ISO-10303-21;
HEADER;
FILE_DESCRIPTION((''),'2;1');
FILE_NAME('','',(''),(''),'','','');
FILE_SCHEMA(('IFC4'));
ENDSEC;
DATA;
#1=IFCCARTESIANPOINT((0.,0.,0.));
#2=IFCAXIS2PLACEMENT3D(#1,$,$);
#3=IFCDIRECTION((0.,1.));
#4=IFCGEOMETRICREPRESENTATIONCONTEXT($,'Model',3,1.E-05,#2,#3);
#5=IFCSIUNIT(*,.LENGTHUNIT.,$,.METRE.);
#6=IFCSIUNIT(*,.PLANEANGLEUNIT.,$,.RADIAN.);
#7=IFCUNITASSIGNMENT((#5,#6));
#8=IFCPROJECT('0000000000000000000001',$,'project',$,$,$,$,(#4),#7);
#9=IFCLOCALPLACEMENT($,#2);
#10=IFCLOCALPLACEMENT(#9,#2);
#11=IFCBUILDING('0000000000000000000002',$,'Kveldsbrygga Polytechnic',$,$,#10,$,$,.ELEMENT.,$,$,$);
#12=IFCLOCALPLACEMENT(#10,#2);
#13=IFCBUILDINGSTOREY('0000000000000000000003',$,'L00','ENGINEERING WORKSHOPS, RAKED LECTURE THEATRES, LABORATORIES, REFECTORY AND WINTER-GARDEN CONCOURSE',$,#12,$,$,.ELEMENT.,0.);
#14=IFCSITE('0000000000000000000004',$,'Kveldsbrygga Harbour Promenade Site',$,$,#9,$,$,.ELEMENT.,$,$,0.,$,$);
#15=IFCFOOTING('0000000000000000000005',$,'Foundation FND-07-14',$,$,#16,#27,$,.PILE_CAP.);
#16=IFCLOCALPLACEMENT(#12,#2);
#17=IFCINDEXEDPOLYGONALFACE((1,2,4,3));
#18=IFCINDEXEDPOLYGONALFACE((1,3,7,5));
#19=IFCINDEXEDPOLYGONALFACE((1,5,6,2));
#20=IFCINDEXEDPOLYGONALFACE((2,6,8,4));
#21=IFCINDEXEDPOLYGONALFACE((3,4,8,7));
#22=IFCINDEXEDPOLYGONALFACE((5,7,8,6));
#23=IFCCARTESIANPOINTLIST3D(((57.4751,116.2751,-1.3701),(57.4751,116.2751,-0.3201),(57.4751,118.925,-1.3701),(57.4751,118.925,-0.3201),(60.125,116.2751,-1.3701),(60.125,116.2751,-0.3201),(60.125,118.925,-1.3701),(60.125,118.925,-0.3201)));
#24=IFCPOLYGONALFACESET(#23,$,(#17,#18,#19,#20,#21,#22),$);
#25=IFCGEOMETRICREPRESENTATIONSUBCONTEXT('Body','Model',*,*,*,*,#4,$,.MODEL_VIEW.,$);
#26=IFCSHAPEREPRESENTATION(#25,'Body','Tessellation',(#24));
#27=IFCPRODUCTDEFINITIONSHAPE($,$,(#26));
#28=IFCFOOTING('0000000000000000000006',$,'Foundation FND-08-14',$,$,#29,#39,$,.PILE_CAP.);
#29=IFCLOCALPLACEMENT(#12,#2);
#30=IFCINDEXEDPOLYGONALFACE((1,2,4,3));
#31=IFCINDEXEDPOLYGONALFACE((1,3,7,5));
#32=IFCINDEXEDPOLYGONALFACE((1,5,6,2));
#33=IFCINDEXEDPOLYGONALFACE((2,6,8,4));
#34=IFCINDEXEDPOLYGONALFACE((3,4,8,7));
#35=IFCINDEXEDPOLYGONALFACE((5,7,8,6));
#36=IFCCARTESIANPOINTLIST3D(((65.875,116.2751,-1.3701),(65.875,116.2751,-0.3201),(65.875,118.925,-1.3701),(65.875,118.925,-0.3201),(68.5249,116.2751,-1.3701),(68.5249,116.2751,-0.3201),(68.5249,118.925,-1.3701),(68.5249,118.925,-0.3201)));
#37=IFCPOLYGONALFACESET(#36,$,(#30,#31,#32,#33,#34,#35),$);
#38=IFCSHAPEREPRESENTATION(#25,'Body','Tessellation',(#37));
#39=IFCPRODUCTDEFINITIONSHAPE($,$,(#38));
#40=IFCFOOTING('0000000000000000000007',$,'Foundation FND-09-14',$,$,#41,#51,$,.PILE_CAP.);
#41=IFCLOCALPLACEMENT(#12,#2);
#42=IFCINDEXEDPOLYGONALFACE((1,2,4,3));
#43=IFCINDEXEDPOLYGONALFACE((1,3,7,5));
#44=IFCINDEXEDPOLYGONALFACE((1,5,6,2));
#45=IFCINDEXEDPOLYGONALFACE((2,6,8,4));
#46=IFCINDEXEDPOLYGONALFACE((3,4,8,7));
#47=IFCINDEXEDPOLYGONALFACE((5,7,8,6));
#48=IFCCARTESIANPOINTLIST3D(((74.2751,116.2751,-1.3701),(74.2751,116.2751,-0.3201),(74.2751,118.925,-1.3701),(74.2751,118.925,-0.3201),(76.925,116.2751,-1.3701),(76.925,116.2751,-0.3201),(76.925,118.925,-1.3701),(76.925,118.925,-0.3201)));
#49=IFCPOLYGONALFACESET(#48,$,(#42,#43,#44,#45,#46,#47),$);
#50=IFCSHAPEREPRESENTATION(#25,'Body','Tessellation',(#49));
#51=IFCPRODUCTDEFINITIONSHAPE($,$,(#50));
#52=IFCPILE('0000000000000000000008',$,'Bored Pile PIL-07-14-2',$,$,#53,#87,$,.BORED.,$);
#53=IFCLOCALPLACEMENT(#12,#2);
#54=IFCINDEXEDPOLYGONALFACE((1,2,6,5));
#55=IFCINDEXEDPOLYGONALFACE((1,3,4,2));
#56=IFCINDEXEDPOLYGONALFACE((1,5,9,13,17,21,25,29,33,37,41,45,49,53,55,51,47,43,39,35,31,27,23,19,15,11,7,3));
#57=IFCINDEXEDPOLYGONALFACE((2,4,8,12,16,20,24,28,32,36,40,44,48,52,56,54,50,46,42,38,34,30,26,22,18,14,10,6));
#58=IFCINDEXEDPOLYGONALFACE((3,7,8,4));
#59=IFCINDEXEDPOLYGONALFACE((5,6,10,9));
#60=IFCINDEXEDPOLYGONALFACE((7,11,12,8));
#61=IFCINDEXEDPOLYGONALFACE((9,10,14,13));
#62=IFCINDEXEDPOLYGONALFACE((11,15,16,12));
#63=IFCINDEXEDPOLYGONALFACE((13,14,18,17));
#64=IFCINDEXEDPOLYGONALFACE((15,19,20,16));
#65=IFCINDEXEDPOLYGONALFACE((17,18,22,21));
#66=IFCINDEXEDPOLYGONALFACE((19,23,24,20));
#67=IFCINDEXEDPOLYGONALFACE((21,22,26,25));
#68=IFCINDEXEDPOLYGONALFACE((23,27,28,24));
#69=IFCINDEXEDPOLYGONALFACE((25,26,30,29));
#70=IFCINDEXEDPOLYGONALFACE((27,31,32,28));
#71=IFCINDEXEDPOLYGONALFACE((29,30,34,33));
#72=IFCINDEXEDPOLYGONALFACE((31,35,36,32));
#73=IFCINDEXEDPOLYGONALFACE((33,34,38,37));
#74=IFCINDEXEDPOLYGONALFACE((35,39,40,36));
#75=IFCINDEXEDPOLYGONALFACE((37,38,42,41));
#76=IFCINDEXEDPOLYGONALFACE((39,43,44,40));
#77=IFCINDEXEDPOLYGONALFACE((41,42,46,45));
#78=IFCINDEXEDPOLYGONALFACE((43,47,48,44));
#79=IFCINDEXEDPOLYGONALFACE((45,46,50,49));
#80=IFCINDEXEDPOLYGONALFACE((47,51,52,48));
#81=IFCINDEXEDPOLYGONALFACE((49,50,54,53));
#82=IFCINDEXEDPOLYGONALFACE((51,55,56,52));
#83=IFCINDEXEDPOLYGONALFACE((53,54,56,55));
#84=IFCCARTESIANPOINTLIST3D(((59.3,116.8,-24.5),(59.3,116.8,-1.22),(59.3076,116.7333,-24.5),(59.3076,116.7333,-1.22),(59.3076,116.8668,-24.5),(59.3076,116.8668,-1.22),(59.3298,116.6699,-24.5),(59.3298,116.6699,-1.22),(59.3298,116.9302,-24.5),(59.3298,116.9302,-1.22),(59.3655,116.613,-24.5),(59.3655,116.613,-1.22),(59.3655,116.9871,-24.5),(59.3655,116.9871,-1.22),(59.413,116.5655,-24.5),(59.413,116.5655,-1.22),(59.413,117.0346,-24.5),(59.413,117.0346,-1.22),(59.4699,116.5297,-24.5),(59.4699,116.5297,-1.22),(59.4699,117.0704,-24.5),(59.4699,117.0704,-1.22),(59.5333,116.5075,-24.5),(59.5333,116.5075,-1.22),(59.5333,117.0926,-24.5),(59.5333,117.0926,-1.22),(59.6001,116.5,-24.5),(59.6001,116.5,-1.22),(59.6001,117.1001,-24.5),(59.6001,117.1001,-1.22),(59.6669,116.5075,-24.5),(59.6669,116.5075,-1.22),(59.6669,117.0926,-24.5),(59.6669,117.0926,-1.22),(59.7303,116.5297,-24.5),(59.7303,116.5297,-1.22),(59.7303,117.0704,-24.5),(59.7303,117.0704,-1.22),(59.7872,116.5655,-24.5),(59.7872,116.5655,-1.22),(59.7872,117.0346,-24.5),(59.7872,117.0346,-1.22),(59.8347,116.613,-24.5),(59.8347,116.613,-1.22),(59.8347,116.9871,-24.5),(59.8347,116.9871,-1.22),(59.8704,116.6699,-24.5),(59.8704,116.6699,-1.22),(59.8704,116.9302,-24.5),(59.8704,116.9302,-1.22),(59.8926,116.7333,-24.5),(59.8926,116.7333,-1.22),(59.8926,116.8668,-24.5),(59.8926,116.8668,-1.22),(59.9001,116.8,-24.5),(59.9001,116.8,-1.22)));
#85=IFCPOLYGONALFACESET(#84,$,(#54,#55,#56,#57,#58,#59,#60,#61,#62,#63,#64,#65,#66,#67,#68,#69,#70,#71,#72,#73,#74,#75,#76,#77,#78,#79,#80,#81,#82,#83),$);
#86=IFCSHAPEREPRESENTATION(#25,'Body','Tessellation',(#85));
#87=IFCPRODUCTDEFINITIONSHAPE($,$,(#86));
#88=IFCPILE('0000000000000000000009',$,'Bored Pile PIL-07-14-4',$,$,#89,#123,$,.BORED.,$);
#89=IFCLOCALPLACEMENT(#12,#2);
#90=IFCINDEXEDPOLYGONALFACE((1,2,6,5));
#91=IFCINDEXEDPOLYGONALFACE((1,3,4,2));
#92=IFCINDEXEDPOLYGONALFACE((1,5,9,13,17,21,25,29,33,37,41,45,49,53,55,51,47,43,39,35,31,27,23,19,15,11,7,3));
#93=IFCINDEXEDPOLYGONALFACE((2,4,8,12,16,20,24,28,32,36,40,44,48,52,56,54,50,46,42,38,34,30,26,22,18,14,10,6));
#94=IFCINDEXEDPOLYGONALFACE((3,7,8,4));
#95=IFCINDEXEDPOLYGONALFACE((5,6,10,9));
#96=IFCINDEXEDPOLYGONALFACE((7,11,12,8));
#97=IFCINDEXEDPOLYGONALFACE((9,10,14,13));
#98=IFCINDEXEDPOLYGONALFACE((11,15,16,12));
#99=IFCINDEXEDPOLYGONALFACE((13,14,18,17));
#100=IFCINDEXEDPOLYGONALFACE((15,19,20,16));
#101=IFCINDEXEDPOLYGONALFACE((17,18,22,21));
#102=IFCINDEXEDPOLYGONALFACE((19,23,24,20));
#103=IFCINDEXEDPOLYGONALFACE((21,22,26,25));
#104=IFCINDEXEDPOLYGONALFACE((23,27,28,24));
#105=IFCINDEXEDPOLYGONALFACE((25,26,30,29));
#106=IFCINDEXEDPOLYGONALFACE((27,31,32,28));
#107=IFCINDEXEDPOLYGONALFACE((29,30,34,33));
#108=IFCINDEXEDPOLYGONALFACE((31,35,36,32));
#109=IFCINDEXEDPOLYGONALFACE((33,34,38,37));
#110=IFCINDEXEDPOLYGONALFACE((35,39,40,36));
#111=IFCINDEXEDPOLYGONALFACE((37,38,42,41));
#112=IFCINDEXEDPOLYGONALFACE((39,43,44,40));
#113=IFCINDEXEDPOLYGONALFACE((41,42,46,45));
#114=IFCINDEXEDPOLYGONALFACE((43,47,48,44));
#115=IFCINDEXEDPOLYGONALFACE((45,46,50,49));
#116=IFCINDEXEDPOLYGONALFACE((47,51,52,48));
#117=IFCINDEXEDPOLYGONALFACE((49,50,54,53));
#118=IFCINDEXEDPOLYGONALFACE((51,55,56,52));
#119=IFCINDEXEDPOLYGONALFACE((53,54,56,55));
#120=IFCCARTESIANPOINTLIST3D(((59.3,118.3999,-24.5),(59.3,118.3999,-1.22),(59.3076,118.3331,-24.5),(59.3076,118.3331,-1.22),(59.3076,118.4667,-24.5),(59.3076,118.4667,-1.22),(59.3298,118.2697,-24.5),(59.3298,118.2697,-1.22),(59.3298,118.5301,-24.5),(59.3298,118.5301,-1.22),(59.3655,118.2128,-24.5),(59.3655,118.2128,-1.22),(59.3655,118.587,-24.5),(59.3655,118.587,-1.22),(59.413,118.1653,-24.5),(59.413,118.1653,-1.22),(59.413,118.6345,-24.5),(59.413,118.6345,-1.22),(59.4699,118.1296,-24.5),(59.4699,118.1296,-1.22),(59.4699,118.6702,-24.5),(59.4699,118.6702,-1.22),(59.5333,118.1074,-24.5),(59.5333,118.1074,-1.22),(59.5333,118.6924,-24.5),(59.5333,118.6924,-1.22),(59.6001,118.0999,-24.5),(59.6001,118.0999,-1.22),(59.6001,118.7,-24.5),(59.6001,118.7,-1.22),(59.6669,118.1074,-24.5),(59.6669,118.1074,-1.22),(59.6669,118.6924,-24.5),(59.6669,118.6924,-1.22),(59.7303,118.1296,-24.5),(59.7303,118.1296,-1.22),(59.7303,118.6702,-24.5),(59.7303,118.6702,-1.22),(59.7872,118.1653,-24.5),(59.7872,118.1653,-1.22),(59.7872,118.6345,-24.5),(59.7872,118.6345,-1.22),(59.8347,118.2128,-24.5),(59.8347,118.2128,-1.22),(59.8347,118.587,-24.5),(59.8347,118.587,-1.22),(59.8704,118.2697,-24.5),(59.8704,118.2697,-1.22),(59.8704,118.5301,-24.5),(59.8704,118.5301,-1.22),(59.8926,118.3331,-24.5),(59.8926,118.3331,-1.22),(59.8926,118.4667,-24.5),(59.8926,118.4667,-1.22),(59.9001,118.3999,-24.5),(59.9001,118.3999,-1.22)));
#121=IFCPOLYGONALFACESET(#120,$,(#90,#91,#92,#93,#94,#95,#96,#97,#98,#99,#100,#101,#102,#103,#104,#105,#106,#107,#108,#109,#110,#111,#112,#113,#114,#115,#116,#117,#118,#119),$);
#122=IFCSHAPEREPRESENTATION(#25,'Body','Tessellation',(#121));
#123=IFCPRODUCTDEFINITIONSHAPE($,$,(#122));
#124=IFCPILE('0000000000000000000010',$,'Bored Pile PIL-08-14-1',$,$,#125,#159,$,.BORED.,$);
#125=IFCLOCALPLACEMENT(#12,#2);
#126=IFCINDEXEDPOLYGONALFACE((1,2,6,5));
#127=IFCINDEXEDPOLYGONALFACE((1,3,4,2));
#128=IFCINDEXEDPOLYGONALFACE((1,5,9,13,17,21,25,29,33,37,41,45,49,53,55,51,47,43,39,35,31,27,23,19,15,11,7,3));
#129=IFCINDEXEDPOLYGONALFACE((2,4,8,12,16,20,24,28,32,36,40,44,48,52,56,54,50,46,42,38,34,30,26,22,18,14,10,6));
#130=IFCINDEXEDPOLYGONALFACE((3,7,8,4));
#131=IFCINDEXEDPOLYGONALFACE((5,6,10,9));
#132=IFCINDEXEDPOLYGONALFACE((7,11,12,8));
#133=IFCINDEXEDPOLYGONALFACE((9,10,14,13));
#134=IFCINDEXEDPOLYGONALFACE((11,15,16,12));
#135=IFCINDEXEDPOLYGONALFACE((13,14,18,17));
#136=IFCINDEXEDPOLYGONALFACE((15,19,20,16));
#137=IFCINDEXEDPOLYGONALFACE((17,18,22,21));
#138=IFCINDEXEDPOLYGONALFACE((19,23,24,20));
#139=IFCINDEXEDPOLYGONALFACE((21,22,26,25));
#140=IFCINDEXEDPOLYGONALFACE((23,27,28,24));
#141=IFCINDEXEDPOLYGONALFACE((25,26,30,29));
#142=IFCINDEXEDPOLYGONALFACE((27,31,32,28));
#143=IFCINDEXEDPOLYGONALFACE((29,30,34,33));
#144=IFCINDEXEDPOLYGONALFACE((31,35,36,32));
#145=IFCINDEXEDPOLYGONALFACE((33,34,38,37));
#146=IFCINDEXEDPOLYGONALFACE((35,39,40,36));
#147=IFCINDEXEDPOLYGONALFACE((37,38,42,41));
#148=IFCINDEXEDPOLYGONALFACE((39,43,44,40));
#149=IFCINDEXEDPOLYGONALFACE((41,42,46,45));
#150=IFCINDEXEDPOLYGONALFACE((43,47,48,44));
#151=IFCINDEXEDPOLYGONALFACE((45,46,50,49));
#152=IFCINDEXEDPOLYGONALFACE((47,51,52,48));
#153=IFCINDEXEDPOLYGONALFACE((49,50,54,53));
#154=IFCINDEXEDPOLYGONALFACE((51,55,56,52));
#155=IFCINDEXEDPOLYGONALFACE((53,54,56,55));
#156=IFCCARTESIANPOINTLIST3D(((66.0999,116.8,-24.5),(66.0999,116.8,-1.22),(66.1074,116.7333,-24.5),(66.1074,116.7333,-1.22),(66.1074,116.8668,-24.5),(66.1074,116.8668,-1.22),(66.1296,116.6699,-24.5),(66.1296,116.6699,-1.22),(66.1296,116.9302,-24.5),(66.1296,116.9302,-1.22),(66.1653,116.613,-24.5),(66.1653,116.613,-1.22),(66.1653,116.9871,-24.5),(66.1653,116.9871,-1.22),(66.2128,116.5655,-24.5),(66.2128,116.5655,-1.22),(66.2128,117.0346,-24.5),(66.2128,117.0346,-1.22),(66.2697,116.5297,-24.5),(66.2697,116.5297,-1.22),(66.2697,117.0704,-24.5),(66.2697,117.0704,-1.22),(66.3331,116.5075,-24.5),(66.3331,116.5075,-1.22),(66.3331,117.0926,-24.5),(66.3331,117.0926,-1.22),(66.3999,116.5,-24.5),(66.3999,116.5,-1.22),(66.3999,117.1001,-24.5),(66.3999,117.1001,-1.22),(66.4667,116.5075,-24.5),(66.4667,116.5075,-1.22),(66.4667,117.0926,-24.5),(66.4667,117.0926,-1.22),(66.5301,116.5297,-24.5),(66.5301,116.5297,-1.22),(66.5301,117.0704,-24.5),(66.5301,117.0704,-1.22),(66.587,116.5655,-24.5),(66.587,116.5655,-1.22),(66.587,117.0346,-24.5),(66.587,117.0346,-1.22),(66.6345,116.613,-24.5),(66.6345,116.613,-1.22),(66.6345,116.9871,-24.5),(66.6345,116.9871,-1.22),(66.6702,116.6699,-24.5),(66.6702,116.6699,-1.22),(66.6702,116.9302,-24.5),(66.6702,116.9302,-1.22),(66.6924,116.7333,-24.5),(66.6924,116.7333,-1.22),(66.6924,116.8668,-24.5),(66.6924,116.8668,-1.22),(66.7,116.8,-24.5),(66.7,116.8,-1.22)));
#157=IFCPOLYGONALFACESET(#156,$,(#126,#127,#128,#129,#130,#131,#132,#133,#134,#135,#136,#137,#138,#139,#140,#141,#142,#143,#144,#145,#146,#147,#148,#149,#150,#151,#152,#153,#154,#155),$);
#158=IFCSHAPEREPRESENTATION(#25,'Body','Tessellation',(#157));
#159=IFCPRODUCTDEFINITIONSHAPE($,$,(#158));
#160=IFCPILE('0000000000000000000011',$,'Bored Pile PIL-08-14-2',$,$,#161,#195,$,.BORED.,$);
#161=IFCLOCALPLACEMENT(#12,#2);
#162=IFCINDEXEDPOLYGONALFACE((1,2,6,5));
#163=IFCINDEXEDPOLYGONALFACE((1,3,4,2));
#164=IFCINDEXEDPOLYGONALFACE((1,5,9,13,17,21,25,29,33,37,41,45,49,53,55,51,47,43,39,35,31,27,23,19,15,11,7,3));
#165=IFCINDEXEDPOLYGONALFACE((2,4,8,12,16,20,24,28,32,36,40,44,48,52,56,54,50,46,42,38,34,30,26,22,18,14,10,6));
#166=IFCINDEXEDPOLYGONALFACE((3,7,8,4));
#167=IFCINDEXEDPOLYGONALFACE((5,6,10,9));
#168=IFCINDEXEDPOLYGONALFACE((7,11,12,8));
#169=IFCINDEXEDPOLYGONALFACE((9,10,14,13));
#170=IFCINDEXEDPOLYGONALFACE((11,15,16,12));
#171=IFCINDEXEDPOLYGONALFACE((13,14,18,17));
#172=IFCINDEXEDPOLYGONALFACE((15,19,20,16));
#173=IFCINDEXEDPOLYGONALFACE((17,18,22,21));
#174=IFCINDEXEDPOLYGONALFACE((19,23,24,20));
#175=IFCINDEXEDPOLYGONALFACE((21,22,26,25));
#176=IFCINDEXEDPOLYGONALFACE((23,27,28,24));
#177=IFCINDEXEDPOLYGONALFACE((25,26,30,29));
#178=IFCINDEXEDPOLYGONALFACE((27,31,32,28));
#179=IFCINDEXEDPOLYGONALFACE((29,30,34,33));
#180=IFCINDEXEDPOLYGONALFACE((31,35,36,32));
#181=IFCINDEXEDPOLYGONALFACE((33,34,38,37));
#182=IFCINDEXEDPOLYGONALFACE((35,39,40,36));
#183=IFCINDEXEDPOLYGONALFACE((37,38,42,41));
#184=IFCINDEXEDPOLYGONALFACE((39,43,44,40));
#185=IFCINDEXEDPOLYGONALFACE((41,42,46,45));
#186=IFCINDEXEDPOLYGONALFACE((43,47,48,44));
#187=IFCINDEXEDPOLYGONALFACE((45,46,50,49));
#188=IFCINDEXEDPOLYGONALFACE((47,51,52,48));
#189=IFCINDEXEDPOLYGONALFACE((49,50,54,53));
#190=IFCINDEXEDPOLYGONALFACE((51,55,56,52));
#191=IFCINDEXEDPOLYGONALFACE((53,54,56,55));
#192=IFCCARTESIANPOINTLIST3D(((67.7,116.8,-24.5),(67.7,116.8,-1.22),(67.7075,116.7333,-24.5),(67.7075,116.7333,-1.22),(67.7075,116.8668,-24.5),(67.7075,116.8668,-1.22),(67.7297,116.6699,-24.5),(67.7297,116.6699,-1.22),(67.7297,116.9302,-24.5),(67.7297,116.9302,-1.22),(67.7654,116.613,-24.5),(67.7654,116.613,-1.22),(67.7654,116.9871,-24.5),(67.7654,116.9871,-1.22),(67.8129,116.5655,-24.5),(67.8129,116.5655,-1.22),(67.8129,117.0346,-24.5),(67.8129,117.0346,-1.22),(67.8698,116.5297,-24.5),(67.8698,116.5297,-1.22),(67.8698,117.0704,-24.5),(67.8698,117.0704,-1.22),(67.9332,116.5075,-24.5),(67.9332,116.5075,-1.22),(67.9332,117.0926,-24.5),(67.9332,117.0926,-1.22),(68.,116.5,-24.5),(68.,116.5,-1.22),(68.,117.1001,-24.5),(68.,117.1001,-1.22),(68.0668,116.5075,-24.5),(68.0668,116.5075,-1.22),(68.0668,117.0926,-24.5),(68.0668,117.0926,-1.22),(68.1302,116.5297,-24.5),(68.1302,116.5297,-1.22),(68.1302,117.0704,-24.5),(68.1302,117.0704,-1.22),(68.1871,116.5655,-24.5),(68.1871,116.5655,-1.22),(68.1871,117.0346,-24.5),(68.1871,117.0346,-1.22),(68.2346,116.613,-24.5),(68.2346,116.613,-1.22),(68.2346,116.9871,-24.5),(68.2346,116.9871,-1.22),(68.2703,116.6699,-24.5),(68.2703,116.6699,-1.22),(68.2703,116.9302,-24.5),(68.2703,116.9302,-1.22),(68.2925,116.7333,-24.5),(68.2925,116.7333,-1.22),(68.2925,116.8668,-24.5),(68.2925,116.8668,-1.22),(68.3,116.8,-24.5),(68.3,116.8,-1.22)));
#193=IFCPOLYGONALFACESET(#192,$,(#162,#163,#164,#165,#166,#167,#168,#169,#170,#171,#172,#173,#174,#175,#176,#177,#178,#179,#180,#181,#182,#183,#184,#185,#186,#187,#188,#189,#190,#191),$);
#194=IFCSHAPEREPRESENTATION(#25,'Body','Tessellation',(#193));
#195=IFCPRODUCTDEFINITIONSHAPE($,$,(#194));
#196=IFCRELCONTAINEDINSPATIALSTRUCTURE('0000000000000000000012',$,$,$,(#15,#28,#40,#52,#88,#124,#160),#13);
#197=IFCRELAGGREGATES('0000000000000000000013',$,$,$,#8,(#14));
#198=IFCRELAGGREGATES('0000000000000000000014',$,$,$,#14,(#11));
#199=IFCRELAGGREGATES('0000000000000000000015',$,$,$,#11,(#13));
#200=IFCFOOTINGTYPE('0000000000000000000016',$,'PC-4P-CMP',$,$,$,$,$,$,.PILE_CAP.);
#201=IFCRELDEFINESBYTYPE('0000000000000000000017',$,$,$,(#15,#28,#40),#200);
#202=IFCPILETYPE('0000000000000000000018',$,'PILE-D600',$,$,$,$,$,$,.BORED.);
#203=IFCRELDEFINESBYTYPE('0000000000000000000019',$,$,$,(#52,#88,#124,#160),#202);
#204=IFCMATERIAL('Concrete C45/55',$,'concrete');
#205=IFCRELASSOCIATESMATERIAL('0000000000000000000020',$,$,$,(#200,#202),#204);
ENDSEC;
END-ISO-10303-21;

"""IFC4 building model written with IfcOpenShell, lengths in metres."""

from ifc_helpers import new_model, si_unit, direction, frame, origin, origin_2d, place, context, subcontext, project, spatial, rectangle, circle, extrude, material, material_profile, profile_set, type_object, element, save


model = new_model("IFC4")

# Units and contexts
model_context = context("Model", 3, precision=1e-05, world=origin(), true_north=direction((0.0, 1.0)))
body_context = subcontext(model_context, "Body", "Model", "MODEL_VIEW")
ifc_project = project(units=[si_unit("LENGTHUNIT", "METRE"), si_unit("PLANEANGLEUNIT", "RADIAN")], contexts=[model_context])

# Site, building, storey
site_placement = place(None, origin())
site = spatial("IfcSite", under=ifc_project, at=site_placement, Name="Kveldsbrygga Harbour Promenade Site", CompositionType="ELEMENT", RefElevation=0.0)
building_placement = place(site_placement, origin())
building = spatial("IfcBuilding", under=site, at=building_placement, Name="Kveldsbrygga Polytechnic", CompositionType="ELEMENT")
storey_placement = place(building_placement, origin())
storey = spatial("IfcBuildingStorey", under=building, at=storey_placement, Name="L00", Description="ENGINEERING WORKSHOPS, RAKED LECTURE THEATRES, LABORATORIES, REFECTORY AND WINTER-GARDEN CONCOURSE", CompositionType="ELEMENT", Elevation=0.0)

# Footings
ifc_material_1 = material(Name="Concrete C45/55", Category="concrete")
footing_type = type_object("IfcFootingType", Name="PC-4P-CMP", PredefinedType="PILE_CAP", material=ifc_material_1)
for number, where, z_axis, x_axis, name in (
    (1, (58.8, 117.6001, -1.3701), (0.0, 0.0, 1.0), (1.0, 0.0, 0.0), "Foundation FND-07-14"),
    (2, (67.2, 117.6001, -1.3701), (0.0, 0.0, 1.0), (1.0, 0.0, 0.0), "Foundation FND-08-14"),
    (3, (75.6001, 117.6001, -1.3701), (0.0, 0.0, 1.0), (1.0, 0.0, 0.0), "Foundation FND-09-14"),
):
    element("IfcFooting", number, at=place(storey_placement, frame(where, z_axis=z_axis, x_axis=x_axis)), inside=storey, type_object=footing_type, Name=name, PredefinedType="PILE_CAP", context=body_context, shape_type="SweptSolid", body=[
        extrude(rectangle(XDim=2.6499, YDim=2.6499, at=origin_2d()), origin(), (0.0, 0.0, 1.0), 1.05),
    ])

# Piles
ifc_material_profile_1 = material_profile(ifc_material_1, circle(Radius=0.3, at=origin_2d()), Name="PILE D600")
ifc_profile_set_1 = profile_set([ifc_material_profile_1], Name="Concrete C45/55")
pile_type = type_object("IfcPileType", Name="PILE-D600", PredefinedType="BORED", material=ifc_profile_set_1)
for number, where, z_axis, x_axis, name in (
    (4, (59.6001, 116.8, -1.22), (0.0, 0.0, -1.0), (1.0, 0.0, 0.0), "Bored Pile PIL-07-14-2"),
    (5, (59.6001, 118.3999, -1.22), (0.0, 0.0, -1.0), (1.0, 0.0, 0.0), "Bored Pile PIL-07-14-4"),
    (6, (66.3999, 116.8, -1.22), (0.0, 0.0, -1.0), (1.0, 0.0, 0.0), "Bored Pile PIL-08-14-1"),
    (7, (68.0, 116.8, -1.22), (0.0, 0.0, -1.0), (1.0, 0.0, 0.0), "Bored Pile PIL-08-14-2"),
):
    element("IfcPile", number, at=place(storey_placement, frame(where, z_axis=z_axis, x_axis=x_axis)), inside=storey, type_object=pile_type, Name=name, PredefinedType="BORED", context=body_context, shape_type="SweptSolid", body=[
        extrude(circle(Radius=0.3, at=origin_2d()), origin(), (0.0, 0.0, 1.0), 23.28),
    ])

save(model, "model.ifc")
